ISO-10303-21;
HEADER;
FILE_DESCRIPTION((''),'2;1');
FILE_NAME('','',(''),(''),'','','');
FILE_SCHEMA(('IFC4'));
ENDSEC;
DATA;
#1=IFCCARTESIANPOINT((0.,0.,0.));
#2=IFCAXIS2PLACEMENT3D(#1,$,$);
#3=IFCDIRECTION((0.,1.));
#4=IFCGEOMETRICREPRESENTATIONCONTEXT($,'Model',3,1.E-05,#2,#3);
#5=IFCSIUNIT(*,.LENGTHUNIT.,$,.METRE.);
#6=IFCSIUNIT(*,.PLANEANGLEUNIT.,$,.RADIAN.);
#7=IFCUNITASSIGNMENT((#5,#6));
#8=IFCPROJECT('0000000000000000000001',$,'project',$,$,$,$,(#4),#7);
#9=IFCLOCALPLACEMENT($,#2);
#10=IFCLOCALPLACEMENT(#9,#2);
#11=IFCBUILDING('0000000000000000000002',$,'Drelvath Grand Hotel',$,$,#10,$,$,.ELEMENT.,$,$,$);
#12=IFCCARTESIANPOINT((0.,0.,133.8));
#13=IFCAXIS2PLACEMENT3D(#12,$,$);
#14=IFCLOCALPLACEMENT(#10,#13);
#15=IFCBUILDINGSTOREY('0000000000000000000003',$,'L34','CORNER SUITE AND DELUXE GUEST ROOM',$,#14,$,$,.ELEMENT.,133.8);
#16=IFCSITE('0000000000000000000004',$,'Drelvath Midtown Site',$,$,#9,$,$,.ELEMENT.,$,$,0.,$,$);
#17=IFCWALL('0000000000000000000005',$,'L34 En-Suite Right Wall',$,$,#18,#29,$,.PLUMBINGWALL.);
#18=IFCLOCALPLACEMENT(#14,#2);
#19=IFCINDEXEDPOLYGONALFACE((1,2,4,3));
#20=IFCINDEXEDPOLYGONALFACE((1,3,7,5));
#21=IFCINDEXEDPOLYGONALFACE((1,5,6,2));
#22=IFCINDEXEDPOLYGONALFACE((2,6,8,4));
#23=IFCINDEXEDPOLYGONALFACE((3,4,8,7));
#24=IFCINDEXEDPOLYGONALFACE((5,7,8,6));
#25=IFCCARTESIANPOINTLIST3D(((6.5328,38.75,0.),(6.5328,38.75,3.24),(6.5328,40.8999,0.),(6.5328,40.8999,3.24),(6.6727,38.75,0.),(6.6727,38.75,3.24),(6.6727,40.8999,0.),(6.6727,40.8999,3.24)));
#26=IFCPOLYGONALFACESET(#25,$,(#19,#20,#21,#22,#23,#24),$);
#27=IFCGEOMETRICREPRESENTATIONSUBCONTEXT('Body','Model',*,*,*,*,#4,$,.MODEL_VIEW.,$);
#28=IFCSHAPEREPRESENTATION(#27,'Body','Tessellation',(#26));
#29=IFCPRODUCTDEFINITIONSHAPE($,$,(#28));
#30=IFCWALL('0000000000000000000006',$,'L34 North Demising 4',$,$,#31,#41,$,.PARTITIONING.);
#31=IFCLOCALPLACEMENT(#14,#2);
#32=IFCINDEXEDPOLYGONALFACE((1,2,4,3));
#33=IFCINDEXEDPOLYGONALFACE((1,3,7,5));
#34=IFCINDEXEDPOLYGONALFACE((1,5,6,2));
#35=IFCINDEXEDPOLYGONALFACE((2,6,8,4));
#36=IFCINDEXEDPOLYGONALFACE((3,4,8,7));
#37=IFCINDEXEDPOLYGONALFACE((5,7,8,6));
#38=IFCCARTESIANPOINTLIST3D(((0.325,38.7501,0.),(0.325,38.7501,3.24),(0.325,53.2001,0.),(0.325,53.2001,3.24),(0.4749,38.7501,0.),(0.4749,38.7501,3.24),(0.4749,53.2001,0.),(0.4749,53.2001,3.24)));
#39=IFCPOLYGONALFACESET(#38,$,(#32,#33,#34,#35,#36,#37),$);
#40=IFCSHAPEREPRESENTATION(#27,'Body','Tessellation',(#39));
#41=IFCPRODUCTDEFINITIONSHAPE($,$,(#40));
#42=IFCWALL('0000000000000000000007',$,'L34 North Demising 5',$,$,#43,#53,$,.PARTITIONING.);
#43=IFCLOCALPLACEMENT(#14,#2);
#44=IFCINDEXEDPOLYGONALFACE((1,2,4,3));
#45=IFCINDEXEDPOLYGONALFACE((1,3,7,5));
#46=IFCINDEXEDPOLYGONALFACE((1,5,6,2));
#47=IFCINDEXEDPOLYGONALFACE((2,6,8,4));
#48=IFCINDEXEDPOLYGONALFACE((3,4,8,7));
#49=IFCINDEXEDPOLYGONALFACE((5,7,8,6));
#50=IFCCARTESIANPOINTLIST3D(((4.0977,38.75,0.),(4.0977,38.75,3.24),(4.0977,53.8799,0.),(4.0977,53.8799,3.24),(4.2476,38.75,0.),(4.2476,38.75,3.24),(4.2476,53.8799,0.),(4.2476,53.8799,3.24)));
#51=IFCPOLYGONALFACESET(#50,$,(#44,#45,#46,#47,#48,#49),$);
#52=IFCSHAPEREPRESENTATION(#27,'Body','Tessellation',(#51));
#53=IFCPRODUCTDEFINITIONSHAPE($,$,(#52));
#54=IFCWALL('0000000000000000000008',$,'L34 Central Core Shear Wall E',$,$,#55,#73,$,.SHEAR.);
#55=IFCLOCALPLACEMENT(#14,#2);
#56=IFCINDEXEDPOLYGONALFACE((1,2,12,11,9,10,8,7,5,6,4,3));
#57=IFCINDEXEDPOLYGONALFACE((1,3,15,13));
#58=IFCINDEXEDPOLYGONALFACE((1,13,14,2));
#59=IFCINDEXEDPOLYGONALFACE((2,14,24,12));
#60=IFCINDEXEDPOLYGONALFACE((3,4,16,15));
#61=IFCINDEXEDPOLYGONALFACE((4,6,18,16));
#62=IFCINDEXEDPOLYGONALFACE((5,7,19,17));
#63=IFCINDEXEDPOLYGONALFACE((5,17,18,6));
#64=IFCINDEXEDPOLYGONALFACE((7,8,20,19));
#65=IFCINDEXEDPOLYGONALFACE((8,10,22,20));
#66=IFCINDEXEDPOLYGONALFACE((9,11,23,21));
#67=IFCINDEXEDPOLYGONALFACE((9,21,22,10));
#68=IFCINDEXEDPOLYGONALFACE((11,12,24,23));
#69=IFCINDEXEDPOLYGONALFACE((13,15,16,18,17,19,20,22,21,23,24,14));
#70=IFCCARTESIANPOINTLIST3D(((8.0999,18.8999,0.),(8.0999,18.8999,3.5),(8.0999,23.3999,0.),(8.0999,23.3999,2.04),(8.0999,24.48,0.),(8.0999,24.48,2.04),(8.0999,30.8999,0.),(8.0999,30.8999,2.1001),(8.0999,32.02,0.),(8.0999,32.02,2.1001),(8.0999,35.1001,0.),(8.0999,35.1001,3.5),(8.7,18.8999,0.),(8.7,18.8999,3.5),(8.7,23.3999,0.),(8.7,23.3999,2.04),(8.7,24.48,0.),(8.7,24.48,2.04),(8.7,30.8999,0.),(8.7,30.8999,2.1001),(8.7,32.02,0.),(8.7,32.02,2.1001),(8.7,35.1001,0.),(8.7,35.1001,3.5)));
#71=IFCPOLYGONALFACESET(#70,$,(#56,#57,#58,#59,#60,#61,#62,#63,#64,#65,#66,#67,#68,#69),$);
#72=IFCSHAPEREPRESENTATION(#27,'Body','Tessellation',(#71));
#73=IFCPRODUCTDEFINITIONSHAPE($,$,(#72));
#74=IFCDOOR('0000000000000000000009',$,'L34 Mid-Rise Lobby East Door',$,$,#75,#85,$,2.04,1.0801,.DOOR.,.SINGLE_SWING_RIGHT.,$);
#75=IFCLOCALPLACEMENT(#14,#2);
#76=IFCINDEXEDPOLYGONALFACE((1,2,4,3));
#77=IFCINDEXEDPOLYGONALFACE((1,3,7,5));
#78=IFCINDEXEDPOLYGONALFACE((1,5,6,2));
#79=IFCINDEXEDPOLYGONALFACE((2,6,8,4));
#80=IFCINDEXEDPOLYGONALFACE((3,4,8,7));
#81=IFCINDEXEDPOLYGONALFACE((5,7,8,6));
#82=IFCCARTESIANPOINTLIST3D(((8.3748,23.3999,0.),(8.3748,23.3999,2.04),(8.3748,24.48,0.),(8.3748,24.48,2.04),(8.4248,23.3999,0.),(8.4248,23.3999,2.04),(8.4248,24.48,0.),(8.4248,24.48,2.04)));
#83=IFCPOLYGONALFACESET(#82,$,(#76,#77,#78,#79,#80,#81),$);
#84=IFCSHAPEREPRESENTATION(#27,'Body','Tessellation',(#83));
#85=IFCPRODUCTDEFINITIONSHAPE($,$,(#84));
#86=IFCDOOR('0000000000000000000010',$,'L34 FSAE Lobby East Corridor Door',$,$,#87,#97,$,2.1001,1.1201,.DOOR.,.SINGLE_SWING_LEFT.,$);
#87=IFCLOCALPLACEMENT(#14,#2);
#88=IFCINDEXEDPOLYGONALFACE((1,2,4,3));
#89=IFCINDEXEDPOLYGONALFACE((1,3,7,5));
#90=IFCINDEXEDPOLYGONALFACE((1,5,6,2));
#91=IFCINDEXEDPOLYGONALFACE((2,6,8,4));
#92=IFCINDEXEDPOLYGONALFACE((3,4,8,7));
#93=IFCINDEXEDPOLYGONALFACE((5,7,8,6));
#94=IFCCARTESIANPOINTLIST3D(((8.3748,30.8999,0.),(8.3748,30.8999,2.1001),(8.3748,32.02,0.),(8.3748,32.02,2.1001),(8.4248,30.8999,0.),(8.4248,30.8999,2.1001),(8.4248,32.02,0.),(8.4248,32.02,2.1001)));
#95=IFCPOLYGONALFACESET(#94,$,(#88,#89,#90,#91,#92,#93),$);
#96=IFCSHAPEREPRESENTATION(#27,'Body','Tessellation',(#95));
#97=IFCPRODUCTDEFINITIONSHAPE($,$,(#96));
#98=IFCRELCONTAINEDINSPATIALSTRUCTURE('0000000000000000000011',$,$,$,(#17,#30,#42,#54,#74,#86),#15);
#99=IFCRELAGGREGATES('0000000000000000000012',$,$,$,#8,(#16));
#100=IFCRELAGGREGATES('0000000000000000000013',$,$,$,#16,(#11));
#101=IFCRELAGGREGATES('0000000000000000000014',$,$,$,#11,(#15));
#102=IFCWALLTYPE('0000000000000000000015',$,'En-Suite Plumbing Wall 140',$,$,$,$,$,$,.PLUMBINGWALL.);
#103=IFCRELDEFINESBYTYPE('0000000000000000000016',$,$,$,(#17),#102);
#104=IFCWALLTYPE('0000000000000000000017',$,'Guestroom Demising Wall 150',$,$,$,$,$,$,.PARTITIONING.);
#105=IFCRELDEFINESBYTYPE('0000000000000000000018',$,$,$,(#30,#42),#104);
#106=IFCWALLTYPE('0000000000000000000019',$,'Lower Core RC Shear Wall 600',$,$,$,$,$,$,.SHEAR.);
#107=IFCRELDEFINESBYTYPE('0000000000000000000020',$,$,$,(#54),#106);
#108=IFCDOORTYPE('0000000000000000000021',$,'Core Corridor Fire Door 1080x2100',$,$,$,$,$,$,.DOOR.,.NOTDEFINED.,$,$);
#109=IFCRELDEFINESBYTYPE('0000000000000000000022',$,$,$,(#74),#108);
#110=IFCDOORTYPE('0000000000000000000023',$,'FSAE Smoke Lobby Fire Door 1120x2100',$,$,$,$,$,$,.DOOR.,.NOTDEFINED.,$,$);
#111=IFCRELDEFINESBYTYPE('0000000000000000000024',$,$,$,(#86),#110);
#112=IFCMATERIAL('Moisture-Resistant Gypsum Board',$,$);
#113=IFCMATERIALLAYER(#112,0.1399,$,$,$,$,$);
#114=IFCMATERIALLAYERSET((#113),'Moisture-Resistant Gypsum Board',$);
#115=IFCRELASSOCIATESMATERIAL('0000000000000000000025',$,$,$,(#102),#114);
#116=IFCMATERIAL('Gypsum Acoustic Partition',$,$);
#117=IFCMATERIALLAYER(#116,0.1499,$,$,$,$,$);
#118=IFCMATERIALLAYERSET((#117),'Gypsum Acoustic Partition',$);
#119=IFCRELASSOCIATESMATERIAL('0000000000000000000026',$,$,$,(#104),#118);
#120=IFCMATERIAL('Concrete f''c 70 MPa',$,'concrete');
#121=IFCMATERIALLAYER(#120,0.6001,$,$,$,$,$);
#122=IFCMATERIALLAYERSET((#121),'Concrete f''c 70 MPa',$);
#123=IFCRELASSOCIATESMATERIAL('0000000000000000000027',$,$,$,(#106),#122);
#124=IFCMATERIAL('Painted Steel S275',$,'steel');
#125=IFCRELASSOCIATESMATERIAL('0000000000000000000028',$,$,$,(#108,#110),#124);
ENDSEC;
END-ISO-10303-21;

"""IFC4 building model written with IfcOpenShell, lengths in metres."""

from ifc_helpers import new_model, si_unit, direction, frame, frame_2d, origin, place, context, subcontext, project, spatial, rectangle, extrude, material, layer, layer_set, type_object, element, fill, save


model = new_model("IFC4")

# Units and contexts
model_context = context("Model", 3, precision=1e-05, world=origin(), true_north=direction((0.0, 1.0)))
body_context = subcontext(model_context, "Body", "Model", "MODEL_VIEW")
ifc_project = project(units=[si_unit("LENGTHUNIT", "METRE"), si_unit("PLANEANGLEUNIT", "RADIAN")], contexts=[model_context])

# Site, building, storey
site_placement = place(None, origin())
site = spatial("IfcSite", under=ifc_project, at=site_placement, Name="Drelvath Midtown Site", CompositionType="ELEMENT", RefElevation=0.0)
building_placement = place(site_placement, origin())
building = spatial("IfcBuilding", under=site, at=building_placement, Name="Drelvath Grand Hotel", CompositionType="ELEMENT")
storey_placement = place(building_placement, frame((0.0, 0.0, 133.8)))
storey = spatial("IfcBuildingStorey", under=building, at=storey_placement, Name="L34", Description="CORNER SUITE AND DELUXE GUEST ROOM", CompositionType="ELEMENT", Elevation=133.8)

# Shared definitions
ifc_material_1 = material(Name="Moisture-Resistant Gypsum Board")
ifc_layer_1 = layer(ifc_material_1, 0.1399)
ifc_layer_set_1 = layer_set([ifc_layer_1], Name="Moisture-Resistant Gypsum Board")
wall_type_1 = type_object("IfcWallType", Name="En-Suite Plumbing Wall 140", PredefinedType="PLUMBINGWALL", material=ifc_layer_set_1)

# Walls
for number, where, z_axis, x_axis, name in (
    (1, (6.6028, 38.75, 0.0), (0.0, 0.0, 1.0), (0.0, 1.0, 0.0), "L34 En-Suite Right Wall"),
):
    element("IfcWall", number, at=place(storey_placement, frame(where, z_axis=z_axis, x_axis=x_axis)), inside=storey, type_object=wall_type_1, Name=name, PredefinedType="PLUMBINGWALL", context=body_context, shape_type="SweptSolid", body=[
        extrude(rectangle(XDim=2.1499, YDim=0.1399, at=frame_2d((1.075, 0.0))), origin(), (0.0, 0.0, 1.0), 3.24),
    ])
ifc_material_2 = material(Name="Gypsum Acoustic Partition")
ifc_layer_2 = layer(ifc_material_2, 0.1499)
ifc_layer_set_2 = layer_set([ifc_layer_2], Name="Gypsum Acoustic Partition")
wall_type_2 = type_object("IfcWallType", Name="Guestroom Demising Wall 150", PredefinedType="PARTITIONING", material=ifc_layer_set_2)
wall_1_placement = place(storey_placement, frame((0.3999, 38.75, 0.0), z_axis=(0.0, 0.0, 1.0), x_axis=(0.0, 1.0, 0.0)))
element("IfcWall", 2, at=wall_1_placement, inside=storey, type_object=wall_type_2, Name="L34 North Demising 4", PredefinedType="PARTITIONING", context=body_context, shape_type="SweptSolid", body=[
    extrude(rectangle(XDim=14.45, YDim=0.1499, at=frame_2d((7.2251, 0.0))), origin(), (0.0, 0.0, 1.0), 3.24),
])
wall_2_placement = place(storey_placement, frame((4.1726, 38.75, 0.0), z_axis=(0.0, 0.0, 1.0), x_axis=(0.0, 1.0, 0.0)))
element("IfcWall", 3, at=wall_2_placement, inside=storey, type_object=wall_type_2, Name="L34 North Demising 5", PredefinedType="PARTITIONING", context=body_context, shape_type="SweptSolid", body=[
    extrude(rectangle(XDim=15.1299, YDim=0.1499, at=frame_2d((7.5649, 0.0))), origin(), (0.0, 0.0, 1.0), 3.24),
])

# Wall, openings, doors
ifc_material_3 = material(Name="Concrete f'c 70 MPa", Category="concrete")
ifc_layer_3 = layer(ifc_material_3, 0.6001)
ifc_layer_set_3 = layer_set([ifc_layer_3], Name="Concrete f'c 70 MPa")
wall_type_3 = type_object("IfcWallType", Name="Lower Core RC Shear Wall 600", PredefinedType="SHEAR", material=ifc_layer_set_3)
wall_3_placement = place(storey_placement, frame((8.3999, 35.1001, 0.0), z_axis=(0.0, 0.0, 1.0), x_axis=(0.0, -1.0, 0.0)))
wall_3 = element("IfcWall", 4, at=wall_3_placement, inside=storey, type_object=wall_type_3, Name="L34 Central Core Shear Wall E", PredefinedType="SHEAR", context=body_context, shape_type="SweptSolid", body=[
    extrude(rectangle(XDim=16.2002, YDim=0.6001, at=frame_2d((8.1001, 0.0))), origin(), (0.0, 0.0, 1.0), 3.5),
])
opening_1_placement = place(wall_3_placement, frame((3.0801, 0.0, 0.0)))
opening_1 = element("IfcOpeningElement", 5, at=opening_1_placement, cuts=wall_3, PredefinedType="OPENING", context=body_context, shape_type="SweptSolid", body=[
    extrude(rectangle(XDim=1.1201, YDim=2.1001, at=frame_2d((0.5601, 1.05))), frame((0.0, 0.3101, 0.0), z_axis=(0.0, -1.0, 0.0), x_axis=(1.0, 0.0, 0.0)), (0.0, 0.0, 1.0), 0.6201),
])
opening_2_placement = place(wall_3_placement, frame((10.6201, 0.0, 0.0)))
opening_2 = element("IfcOpeningElement", 6, at=opening_2_placement, cuts=wall_3, PredefinedType="OPENING", context=body_context, shape_type="SweptSolid", body=[
    extrude(rectangle(XDim=1.0801, YDim=2.04, at=frame_2d((0.54, 1.02))), frame((0.0, 0.3101, 0.0), z_axis=(0.0, -1.0, 0.0), x_axis=(1.0, 0.0, 0.0)), (0.0, 0.0, 1.0), 0.6201),
])
ifc_material_4 = material(Name="Painted Steel S275", Category="steel")
door_type_1 = type_object("IfcDoorType", Name="Core Corridor Fire Door 1080x2100", OperationType="NOTDEFINED", PredefinedType="DOOR", material=ifc_material_4)
door_1_placement = place(opening_2_placement, origin())
door_1 = element("IfcDoor", 7, at=door_1_placement, inside=storey, type_object=door_type_1, Name="L34 Mid-Rise Lobby East Door", OperationType="SINGLE_SWING_RIGHT", OverallHeight=2.04, OverallWidth=1.0801, PredefinedType="DOOR", context=body_context, shape_type="SweptSolid", body=[
    extrude(rectangle(XDim=1.0801, YDim=2.04, at=frame_2d((0.54, 1.02))), frame((0.0, 0.0249, 0.0), z_axis=(0.0, -1.0, 0.0), x_axis=(1.0, 0.0, 0.0)), (0.0, 0.0, 1.0), 0.05),
])
fill(opening_2, door_1)
door_type_2 = type_object("IfcDoorType", Name="FSAE Smoke Lobby Fire Door 1120x2100", OperationType="NOTDEFINED", PredefinedType="DOOR", material=ifc_material_4)
door_2_placement = place(opening_1_placement, origin())
door_2 = element("IfcDoor", 8, at=door_2_placement, inside=storey, type_object=door_type_2, Name="L34 FSAE Lobby East Corridor Door", OperationType="SINGLE_SWING_LEFT", OverallHeight=2.1001, OverallWidth=1.1201, PredefinedType="DOOR", context=body_context, shape_type="SweptSolid", body=[
    extrude(rectangle(XDim=1.1201, YDim=2.1001, at=frame_2d((0.5601, 1.05))), frame((0.0, 0.0249, 0.0), z_axis=(0.0, -1.0, 0.0), x_axis=(1.0, 0.0, 0.0)), (0.0, 0.0, 1.0), 0.05),
])
fill(opening_1, door_2)

save(model, "model.ifc")
